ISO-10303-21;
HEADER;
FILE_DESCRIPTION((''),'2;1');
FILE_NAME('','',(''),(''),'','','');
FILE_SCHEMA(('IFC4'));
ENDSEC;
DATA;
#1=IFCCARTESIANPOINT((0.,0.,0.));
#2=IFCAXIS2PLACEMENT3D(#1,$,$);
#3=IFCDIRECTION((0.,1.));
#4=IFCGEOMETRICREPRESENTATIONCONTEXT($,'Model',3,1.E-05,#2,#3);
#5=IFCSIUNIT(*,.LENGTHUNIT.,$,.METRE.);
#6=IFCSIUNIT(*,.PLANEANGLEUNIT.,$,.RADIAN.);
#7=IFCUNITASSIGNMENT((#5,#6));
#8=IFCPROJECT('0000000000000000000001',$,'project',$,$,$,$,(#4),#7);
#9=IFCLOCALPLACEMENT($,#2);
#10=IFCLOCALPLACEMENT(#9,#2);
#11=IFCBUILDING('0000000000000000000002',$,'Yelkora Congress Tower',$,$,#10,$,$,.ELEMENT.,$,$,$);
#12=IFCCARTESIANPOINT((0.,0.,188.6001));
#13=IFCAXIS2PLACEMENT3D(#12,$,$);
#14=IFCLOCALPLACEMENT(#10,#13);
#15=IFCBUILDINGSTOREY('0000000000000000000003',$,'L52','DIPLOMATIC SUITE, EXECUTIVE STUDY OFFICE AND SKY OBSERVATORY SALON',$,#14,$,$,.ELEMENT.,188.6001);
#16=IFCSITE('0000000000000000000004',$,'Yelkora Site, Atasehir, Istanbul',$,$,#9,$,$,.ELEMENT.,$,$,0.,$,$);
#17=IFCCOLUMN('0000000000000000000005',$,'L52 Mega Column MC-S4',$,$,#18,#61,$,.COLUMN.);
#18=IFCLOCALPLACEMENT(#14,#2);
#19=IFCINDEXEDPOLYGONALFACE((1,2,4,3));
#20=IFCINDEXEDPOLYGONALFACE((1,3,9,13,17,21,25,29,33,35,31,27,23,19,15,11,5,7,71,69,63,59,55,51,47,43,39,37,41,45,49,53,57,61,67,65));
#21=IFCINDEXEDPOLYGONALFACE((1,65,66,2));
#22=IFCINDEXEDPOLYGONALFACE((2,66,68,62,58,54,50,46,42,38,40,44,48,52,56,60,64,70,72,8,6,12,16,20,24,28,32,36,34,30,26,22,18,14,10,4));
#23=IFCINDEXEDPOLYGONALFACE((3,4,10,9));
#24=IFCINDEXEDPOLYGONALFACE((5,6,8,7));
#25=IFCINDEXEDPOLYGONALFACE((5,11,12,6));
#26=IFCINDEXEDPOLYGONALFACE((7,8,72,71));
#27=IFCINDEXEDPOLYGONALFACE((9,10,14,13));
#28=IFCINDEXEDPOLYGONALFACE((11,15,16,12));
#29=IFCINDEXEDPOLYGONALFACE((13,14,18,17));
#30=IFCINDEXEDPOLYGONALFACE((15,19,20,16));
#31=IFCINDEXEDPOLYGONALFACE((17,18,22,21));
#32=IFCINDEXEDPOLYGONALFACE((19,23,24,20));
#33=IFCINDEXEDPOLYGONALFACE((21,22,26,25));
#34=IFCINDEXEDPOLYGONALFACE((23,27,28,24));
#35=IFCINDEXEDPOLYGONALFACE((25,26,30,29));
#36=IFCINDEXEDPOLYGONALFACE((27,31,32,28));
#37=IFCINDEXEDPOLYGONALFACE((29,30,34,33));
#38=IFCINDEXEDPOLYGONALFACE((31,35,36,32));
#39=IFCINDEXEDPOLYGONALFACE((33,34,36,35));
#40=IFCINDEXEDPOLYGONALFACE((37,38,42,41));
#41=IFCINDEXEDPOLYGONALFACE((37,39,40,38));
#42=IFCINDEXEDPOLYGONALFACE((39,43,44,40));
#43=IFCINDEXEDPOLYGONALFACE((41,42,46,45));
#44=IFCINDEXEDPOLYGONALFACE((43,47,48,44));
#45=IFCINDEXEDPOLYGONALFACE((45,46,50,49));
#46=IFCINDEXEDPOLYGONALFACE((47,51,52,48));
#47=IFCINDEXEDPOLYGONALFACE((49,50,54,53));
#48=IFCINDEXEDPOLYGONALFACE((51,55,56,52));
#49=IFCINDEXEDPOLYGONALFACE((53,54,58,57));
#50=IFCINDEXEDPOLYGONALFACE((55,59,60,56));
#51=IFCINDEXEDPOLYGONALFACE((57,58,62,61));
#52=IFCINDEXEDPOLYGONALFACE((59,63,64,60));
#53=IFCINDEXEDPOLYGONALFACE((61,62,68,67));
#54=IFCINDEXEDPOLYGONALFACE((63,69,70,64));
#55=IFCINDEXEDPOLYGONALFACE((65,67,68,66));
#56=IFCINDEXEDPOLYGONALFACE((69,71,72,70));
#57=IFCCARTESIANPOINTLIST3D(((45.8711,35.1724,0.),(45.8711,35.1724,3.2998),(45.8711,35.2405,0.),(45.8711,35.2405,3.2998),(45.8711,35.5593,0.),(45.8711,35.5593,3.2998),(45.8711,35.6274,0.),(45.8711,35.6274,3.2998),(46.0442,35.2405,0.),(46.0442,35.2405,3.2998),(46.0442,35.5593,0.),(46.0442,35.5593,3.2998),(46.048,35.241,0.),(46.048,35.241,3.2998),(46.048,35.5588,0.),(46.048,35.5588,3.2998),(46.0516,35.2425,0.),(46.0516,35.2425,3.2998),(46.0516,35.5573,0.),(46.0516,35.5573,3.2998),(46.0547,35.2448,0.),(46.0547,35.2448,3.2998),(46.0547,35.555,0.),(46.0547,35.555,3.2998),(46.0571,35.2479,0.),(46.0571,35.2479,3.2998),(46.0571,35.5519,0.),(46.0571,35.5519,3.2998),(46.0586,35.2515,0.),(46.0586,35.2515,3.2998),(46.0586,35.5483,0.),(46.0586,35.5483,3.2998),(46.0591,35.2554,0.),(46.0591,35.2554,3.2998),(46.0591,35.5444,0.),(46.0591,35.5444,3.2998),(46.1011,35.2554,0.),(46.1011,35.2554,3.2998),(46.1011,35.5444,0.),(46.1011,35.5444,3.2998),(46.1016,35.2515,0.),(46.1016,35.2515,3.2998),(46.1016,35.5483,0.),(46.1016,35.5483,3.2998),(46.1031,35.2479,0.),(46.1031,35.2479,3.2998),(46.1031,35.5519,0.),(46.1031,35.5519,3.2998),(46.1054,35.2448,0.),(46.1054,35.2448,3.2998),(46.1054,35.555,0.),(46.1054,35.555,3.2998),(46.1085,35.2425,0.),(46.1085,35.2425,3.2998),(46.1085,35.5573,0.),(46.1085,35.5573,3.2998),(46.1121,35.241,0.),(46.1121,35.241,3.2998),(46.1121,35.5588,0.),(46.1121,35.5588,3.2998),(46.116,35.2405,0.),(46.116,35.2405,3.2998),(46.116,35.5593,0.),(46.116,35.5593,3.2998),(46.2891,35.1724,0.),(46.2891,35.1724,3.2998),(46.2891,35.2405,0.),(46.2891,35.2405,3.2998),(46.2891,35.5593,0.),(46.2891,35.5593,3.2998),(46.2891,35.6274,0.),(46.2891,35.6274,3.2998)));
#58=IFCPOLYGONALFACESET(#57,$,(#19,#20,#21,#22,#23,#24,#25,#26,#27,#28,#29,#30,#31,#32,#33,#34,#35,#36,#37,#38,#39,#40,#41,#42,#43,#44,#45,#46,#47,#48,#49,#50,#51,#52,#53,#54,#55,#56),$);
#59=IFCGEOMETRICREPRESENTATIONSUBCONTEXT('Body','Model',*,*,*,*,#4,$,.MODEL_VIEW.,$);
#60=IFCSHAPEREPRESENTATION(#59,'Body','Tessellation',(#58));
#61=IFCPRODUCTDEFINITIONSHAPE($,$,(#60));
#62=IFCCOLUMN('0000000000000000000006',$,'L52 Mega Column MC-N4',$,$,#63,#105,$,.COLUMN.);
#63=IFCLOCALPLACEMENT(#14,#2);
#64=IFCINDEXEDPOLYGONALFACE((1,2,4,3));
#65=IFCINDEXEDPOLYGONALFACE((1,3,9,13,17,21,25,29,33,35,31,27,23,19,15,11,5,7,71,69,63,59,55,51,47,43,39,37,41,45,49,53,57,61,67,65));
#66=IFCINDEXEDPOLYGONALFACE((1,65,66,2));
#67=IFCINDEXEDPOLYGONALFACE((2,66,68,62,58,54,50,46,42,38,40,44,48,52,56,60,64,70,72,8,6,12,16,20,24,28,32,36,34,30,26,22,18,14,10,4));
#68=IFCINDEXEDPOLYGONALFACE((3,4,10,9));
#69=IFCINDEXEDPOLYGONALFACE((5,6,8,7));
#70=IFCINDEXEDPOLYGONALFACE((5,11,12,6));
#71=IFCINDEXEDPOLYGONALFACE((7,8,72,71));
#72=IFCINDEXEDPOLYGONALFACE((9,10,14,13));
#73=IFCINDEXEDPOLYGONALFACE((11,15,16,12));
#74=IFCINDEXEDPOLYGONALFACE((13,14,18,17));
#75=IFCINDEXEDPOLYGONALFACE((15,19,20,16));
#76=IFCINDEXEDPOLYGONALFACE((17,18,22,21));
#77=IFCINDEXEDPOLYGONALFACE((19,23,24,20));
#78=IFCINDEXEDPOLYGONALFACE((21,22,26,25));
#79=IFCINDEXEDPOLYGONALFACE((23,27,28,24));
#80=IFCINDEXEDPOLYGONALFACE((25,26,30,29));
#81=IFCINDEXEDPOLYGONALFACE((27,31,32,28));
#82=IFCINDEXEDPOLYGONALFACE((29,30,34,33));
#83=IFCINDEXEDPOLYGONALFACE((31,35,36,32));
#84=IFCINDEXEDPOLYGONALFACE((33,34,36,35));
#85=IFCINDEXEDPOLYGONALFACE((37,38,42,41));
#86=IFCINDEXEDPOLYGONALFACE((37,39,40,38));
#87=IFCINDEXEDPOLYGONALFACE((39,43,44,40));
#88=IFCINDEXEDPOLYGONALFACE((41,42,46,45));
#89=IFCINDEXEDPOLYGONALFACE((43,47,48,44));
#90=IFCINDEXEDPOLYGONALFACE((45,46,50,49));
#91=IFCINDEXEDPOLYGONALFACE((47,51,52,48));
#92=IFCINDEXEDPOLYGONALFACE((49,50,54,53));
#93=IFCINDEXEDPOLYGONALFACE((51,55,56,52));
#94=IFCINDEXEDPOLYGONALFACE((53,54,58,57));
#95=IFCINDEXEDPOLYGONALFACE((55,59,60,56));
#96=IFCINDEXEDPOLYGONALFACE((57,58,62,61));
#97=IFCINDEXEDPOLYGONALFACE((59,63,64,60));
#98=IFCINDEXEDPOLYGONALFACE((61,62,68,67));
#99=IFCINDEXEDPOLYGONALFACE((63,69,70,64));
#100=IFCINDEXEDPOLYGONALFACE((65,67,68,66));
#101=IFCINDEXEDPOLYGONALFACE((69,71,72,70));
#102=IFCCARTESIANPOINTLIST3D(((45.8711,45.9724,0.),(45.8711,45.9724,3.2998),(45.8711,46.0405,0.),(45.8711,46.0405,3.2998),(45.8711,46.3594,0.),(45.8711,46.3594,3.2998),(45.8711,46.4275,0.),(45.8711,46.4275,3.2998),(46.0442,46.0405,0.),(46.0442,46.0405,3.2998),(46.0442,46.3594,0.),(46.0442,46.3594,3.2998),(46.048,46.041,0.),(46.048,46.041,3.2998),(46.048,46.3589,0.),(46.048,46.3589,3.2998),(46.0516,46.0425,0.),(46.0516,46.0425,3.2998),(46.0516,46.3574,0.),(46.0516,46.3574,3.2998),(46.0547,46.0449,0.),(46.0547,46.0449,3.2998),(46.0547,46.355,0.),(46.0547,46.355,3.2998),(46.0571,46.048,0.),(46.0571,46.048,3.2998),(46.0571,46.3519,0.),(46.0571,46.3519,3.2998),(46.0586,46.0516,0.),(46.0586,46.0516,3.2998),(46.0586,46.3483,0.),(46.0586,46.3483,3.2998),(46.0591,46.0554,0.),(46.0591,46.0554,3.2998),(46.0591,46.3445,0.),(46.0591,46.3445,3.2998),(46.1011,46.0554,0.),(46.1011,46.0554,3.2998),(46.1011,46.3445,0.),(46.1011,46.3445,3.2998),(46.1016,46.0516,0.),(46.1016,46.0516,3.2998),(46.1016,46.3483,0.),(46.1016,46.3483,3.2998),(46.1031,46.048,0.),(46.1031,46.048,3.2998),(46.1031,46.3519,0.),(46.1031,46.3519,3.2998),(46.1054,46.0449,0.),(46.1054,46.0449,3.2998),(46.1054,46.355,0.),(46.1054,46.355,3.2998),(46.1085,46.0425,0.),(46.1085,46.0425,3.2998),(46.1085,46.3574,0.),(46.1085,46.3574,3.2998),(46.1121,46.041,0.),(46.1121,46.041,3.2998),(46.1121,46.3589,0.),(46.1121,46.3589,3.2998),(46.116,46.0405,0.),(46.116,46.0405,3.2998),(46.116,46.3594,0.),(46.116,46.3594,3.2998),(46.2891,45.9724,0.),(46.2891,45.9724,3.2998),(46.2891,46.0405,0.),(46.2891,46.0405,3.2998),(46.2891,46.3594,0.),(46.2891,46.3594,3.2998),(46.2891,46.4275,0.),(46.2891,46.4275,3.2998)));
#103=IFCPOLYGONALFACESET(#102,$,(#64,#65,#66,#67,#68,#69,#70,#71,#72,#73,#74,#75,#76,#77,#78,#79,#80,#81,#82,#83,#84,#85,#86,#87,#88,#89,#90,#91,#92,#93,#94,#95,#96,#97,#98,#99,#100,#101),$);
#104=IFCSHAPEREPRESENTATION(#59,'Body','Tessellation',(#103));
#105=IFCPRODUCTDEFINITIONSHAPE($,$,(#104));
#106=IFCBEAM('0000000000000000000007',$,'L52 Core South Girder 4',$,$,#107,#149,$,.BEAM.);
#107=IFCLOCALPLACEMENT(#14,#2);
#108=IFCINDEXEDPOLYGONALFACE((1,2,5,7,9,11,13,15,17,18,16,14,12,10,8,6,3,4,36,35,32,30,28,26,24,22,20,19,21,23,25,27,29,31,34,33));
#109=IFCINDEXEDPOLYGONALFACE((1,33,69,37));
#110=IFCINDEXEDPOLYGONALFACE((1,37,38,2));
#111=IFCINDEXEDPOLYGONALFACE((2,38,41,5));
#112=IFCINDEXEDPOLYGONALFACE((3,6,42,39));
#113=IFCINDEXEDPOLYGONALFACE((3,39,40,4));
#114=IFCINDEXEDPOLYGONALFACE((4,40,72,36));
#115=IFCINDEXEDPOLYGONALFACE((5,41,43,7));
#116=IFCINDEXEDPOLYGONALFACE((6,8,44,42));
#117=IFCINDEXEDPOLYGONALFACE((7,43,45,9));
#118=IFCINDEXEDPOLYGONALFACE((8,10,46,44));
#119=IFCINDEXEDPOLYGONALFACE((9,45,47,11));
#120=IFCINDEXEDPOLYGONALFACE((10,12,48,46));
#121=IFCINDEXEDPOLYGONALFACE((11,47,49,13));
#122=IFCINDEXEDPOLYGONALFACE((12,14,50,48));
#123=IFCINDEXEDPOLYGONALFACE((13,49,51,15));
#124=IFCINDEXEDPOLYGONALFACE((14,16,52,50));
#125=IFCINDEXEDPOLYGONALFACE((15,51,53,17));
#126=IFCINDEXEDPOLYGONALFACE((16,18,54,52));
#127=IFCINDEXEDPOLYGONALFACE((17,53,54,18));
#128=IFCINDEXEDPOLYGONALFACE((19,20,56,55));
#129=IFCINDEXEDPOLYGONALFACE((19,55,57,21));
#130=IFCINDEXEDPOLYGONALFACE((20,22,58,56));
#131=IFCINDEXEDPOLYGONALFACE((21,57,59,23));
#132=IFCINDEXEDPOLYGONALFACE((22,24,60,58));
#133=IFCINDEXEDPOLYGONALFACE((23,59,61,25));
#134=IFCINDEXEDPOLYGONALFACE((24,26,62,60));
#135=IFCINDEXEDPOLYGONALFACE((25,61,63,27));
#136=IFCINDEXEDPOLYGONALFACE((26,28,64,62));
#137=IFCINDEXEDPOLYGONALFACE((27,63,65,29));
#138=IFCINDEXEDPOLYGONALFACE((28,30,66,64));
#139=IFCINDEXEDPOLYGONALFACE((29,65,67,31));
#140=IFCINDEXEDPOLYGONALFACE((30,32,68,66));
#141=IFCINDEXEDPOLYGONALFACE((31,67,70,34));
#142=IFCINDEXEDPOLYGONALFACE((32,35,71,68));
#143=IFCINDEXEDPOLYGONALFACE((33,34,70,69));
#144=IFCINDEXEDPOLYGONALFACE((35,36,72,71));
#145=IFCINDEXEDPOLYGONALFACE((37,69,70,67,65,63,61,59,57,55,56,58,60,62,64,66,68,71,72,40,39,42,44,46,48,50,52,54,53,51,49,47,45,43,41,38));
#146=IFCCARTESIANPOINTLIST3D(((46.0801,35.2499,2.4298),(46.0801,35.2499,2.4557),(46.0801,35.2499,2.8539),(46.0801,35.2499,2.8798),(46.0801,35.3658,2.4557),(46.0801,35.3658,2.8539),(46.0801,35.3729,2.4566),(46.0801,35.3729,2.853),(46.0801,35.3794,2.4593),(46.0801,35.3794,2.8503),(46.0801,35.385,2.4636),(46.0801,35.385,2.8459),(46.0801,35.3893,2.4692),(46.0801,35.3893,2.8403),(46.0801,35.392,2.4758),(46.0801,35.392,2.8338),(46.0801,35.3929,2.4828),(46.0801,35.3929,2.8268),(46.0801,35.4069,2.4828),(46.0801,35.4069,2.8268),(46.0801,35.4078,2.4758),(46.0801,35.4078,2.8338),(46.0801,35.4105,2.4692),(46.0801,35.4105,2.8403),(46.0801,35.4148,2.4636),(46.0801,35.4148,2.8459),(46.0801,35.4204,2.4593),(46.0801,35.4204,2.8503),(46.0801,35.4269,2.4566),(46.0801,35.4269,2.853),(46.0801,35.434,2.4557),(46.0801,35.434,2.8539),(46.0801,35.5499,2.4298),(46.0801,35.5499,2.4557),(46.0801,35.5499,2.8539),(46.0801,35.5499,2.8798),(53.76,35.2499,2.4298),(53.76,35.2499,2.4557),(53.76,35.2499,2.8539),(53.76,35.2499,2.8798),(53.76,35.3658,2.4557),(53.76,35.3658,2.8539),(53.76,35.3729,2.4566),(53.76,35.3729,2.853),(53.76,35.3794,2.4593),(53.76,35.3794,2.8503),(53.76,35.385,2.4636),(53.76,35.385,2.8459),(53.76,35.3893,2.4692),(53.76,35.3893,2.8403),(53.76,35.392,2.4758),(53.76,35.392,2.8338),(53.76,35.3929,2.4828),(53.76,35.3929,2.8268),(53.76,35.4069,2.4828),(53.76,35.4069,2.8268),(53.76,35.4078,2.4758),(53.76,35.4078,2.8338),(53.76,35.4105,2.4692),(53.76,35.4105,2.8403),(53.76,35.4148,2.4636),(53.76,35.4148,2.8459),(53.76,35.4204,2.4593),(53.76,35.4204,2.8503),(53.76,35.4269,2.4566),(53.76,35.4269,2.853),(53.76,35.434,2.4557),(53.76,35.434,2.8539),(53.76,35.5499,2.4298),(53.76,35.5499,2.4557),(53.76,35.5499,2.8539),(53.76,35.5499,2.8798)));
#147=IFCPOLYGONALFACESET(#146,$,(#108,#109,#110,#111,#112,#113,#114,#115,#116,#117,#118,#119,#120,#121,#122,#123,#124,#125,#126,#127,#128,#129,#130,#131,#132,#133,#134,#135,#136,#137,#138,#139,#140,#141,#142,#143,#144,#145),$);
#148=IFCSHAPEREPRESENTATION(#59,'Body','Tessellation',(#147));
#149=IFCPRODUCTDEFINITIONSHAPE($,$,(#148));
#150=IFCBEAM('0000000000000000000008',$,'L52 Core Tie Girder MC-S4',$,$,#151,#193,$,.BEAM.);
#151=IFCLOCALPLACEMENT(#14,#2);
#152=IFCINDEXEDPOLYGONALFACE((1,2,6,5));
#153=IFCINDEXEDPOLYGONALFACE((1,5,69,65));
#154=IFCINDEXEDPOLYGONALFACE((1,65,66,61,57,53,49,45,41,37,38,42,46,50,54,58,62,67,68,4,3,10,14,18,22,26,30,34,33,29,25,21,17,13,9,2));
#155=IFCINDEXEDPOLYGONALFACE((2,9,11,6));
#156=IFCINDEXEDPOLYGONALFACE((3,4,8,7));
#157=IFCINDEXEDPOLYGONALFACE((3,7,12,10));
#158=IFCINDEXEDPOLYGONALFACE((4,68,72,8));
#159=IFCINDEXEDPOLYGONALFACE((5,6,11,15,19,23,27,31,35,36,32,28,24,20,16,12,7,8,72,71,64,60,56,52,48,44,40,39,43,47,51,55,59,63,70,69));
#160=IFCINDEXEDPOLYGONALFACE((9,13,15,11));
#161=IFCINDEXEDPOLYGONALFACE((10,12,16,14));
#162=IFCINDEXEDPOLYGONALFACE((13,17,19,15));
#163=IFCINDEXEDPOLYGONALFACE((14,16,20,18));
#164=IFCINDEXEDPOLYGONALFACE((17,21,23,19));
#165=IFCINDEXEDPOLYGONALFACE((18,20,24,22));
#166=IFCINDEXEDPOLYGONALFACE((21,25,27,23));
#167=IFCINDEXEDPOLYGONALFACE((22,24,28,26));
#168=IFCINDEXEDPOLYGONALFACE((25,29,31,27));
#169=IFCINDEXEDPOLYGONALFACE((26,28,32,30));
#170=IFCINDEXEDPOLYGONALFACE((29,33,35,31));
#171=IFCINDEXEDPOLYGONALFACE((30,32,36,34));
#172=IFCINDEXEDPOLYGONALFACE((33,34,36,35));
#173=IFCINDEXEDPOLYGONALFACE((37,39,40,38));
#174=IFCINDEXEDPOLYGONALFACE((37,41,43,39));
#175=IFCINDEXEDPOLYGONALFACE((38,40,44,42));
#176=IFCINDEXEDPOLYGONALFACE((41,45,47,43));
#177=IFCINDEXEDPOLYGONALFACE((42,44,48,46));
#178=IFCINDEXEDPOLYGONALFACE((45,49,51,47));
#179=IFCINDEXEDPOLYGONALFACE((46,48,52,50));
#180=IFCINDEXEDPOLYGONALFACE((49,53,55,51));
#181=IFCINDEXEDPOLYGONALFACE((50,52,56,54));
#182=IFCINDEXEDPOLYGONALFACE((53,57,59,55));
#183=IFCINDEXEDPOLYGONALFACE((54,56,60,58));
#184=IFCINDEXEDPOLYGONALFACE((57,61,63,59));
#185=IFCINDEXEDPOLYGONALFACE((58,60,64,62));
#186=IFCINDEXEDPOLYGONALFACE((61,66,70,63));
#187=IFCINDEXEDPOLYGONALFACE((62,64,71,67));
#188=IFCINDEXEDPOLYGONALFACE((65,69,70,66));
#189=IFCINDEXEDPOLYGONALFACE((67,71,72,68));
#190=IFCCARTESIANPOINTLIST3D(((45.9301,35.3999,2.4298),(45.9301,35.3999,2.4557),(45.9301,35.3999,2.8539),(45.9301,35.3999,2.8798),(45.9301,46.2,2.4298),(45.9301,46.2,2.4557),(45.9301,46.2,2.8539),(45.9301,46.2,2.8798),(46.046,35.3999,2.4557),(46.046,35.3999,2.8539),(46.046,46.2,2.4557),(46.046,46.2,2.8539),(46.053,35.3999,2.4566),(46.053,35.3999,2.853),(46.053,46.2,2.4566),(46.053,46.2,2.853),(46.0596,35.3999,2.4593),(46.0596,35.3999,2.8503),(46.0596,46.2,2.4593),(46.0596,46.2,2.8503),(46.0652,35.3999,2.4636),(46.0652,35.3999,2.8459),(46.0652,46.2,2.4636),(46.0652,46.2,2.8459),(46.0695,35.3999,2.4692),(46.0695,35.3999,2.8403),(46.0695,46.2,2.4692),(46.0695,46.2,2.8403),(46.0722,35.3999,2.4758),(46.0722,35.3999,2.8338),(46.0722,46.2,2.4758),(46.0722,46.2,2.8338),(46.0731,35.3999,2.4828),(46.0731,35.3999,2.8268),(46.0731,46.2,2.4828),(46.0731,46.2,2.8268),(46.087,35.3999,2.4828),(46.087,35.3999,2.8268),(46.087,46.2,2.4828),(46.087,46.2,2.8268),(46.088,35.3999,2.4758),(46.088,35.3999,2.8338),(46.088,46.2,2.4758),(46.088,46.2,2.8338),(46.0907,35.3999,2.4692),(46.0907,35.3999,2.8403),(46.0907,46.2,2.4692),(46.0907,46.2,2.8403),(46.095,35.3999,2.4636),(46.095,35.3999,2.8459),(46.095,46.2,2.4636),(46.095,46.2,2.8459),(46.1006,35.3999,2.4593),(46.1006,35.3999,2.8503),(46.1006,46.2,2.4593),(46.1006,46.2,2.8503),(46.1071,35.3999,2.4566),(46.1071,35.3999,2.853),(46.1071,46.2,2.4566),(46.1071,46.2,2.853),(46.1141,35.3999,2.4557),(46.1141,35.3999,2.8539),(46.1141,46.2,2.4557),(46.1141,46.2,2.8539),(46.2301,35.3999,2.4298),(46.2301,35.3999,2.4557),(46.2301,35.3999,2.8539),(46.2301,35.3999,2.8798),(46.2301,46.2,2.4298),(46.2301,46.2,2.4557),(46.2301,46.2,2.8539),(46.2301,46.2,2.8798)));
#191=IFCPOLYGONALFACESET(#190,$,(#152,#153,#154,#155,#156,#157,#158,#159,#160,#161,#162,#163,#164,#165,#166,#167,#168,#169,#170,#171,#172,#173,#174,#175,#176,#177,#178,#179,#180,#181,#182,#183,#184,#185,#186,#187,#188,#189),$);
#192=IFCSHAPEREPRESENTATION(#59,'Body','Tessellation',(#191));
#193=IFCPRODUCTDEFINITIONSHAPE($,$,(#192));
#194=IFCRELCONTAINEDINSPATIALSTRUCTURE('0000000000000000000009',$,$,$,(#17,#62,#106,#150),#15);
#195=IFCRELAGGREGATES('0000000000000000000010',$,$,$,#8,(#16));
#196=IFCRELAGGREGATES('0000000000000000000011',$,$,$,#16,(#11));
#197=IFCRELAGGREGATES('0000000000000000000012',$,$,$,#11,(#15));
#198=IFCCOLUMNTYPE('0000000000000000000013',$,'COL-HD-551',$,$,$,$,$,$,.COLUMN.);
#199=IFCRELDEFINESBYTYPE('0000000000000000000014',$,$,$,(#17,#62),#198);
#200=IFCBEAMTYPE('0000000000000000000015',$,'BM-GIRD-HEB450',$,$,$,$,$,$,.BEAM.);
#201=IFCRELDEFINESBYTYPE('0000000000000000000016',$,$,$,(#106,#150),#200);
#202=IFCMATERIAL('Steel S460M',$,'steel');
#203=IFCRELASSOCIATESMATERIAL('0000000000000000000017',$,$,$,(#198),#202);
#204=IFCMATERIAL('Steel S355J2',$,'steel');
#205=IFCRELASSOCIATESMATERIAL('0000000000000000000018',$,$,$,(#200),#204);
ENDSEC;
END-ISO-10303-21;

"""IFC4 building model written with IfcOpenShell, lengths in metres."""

from ifc_helpers import new_model, si_unit, direction, frame, origin, origin_2d, place, context, subcontext, project, spatial, i_section, extrude, material, material_profile, profile_set, type_object, element, save


model = new_model("IFC4")

# Units and contexts
model_context = context("Model", 3, precision=1e-05, world=origin(), true_north=direction((0.0, 1.0)))
body_context = subcontext(model_context, "Body", "Model", "MODEL_VIEW")
ifc_project = project(units=[si_unit("LENGTHUNIT", "METRE"), si_unit("PLANEANGLEUNIT", "RADIAN")], contexts=[model_context])

# Site, building, storey
site_placement = place(None, origin())
site = spatial("IfcSite", under=ifc_project, at=site_placement, Name="Yelkora Site, Atasehir, Istanbul", CompositionType="ELEMENT", RefElevation=0.0)
building_placement = place(site_placement, origin())
building = spatial("IfcBuilding", under=site, at=building_placement, Name="Yelkora Congress Tower", CompositionType="ELEMENT")
storey_placement = place(building_placement, frame((0.0, 0.0, 188.6001)))
storey = spatial("IfcBuildingStorey", under=building, at=storey_placement, Name="L52", Description="DIPLOMATIC SUITE, EXECUTIVE STUDY OFFICE AND SKY OBSERVATORY SALON", CompositionType="ELEMENT", Elevation=188.6001)

# Columns
ifc_material_1 = material(Name="Steel S460M", Category="steel")
ifc_material_profile_1 = material_profile(ifc_material_1, i_section(OverallWidth=0.418, OverallDepth=0.4551, WebThickness=0.042, FlangeThickness=0.0681, FilletRadius=0.0149, at=origin_2d()), Name="HD 400x551")
ifc_profile_set_1 = profile_set([ifc_material_profile_1], Name="Steel S460M")
column_type = type_object("IfcColumnType", Name="COL-HD-551", PredefinedType="COLUMN", material=ifc_profile_set_1)
for number, where, z_axis, x_axis, name in (
    (1, (46.0801, 35.3999, 0.0), (0.0, 0.0, 1.0), (1.0, 0.0, 0.0), "L52 Mega Column MC-S4"),
    (2, (46.0801, 46.2, 0.0), (0.0, 0.0, 1.0), (1.0, 0.0, 0.0), "L52 Mega Column MC-N4"),
):
    element("IfcColumn", number, at=place(storey_placement, frame(where, z_axis=z_axis, x_axis=x_axis)), inside=storey, type_object=column_type, Name=name, PredefinedType="COLUMN", context=body_context, shape_type="SweptSolid", body=[
        extrude(i_section(OverallWidth=0.418, OverallDepth=0.4551, WebThickness=0.042, FlangeThickness=0.0681, FilletRadius=0.0149, at=origin_2d()), origin(), (0.0, 0.0, 1.0), 3.2998),
    ])

# Beams
ifc_material_2 = material(Name="Steel S355J2", Category="steel")
ifc_material_profile_2 = material_profile(ifc_material_2, i_section(OverallWidth=0.3, OverallDepth=0.45, WebThickness=0.0139, FlangeThickness=0.0259, FilletRadius=0.0271, at=origin_2d()), Name="HEB 450")
ifc_profile_set_2 = profile_set([ifc_material_profile_2], Name="Steel S355J2")
beam_type_1 = type_object("IfcBeamType", Name="BM-GIRD-HEB450", PredefinedType="BEAM", material=ifc_profile_set_2)
beam_1_placement = place(storey_placement, frame((46.0801, 35.3999, 2.6548), z_axis=(1.0, 0.0, 0.0), x_axis=(0.0, 1.0, 0.0)))
element("IfcBeam", 3, at=beam_1_placement, inside=storey, type_object=beam_type_1, Name="L52 Core South Girder 4", PredefinedType="BEAM", context=body_context, shape_type="SweptSolid", body=[
    extrude(i_section(OverallWidth=0.3, OverallDepth=0.45, WebThickness=0.0139, FlangeThickness=0.0259, FilletRadius=0.0271, at=origin_2d()), origin(), (0.0, 0.0, 1.0), 7.6799),
])
beam_2_placement = place(storey_placement, frame((46.0801, 35.3999, 2.6548), z_axis=(0.0, 1.0, 0.0), x_axis=(-1.0, 0.0, 0.0)))
element("IfcBeam", 4, at=beam_2_placement, inside=storey, type_object=beam_type_1, Name="L52 Core Tie Girder MC-S4", PredefinedType="BEAM", context=body_context, shape_type="SweptSolid", body=[
    extrude(i_section(OverallWidth=0.3, OverallDepth=0.45, WebThickness=0.0139, FlangeThickness=0.0259, FilletRadius=0.0271, at=origin_2d()), origin(), (0.0, 0.0, 1.0), 10.8),
])

save(model, "model.ifc")
